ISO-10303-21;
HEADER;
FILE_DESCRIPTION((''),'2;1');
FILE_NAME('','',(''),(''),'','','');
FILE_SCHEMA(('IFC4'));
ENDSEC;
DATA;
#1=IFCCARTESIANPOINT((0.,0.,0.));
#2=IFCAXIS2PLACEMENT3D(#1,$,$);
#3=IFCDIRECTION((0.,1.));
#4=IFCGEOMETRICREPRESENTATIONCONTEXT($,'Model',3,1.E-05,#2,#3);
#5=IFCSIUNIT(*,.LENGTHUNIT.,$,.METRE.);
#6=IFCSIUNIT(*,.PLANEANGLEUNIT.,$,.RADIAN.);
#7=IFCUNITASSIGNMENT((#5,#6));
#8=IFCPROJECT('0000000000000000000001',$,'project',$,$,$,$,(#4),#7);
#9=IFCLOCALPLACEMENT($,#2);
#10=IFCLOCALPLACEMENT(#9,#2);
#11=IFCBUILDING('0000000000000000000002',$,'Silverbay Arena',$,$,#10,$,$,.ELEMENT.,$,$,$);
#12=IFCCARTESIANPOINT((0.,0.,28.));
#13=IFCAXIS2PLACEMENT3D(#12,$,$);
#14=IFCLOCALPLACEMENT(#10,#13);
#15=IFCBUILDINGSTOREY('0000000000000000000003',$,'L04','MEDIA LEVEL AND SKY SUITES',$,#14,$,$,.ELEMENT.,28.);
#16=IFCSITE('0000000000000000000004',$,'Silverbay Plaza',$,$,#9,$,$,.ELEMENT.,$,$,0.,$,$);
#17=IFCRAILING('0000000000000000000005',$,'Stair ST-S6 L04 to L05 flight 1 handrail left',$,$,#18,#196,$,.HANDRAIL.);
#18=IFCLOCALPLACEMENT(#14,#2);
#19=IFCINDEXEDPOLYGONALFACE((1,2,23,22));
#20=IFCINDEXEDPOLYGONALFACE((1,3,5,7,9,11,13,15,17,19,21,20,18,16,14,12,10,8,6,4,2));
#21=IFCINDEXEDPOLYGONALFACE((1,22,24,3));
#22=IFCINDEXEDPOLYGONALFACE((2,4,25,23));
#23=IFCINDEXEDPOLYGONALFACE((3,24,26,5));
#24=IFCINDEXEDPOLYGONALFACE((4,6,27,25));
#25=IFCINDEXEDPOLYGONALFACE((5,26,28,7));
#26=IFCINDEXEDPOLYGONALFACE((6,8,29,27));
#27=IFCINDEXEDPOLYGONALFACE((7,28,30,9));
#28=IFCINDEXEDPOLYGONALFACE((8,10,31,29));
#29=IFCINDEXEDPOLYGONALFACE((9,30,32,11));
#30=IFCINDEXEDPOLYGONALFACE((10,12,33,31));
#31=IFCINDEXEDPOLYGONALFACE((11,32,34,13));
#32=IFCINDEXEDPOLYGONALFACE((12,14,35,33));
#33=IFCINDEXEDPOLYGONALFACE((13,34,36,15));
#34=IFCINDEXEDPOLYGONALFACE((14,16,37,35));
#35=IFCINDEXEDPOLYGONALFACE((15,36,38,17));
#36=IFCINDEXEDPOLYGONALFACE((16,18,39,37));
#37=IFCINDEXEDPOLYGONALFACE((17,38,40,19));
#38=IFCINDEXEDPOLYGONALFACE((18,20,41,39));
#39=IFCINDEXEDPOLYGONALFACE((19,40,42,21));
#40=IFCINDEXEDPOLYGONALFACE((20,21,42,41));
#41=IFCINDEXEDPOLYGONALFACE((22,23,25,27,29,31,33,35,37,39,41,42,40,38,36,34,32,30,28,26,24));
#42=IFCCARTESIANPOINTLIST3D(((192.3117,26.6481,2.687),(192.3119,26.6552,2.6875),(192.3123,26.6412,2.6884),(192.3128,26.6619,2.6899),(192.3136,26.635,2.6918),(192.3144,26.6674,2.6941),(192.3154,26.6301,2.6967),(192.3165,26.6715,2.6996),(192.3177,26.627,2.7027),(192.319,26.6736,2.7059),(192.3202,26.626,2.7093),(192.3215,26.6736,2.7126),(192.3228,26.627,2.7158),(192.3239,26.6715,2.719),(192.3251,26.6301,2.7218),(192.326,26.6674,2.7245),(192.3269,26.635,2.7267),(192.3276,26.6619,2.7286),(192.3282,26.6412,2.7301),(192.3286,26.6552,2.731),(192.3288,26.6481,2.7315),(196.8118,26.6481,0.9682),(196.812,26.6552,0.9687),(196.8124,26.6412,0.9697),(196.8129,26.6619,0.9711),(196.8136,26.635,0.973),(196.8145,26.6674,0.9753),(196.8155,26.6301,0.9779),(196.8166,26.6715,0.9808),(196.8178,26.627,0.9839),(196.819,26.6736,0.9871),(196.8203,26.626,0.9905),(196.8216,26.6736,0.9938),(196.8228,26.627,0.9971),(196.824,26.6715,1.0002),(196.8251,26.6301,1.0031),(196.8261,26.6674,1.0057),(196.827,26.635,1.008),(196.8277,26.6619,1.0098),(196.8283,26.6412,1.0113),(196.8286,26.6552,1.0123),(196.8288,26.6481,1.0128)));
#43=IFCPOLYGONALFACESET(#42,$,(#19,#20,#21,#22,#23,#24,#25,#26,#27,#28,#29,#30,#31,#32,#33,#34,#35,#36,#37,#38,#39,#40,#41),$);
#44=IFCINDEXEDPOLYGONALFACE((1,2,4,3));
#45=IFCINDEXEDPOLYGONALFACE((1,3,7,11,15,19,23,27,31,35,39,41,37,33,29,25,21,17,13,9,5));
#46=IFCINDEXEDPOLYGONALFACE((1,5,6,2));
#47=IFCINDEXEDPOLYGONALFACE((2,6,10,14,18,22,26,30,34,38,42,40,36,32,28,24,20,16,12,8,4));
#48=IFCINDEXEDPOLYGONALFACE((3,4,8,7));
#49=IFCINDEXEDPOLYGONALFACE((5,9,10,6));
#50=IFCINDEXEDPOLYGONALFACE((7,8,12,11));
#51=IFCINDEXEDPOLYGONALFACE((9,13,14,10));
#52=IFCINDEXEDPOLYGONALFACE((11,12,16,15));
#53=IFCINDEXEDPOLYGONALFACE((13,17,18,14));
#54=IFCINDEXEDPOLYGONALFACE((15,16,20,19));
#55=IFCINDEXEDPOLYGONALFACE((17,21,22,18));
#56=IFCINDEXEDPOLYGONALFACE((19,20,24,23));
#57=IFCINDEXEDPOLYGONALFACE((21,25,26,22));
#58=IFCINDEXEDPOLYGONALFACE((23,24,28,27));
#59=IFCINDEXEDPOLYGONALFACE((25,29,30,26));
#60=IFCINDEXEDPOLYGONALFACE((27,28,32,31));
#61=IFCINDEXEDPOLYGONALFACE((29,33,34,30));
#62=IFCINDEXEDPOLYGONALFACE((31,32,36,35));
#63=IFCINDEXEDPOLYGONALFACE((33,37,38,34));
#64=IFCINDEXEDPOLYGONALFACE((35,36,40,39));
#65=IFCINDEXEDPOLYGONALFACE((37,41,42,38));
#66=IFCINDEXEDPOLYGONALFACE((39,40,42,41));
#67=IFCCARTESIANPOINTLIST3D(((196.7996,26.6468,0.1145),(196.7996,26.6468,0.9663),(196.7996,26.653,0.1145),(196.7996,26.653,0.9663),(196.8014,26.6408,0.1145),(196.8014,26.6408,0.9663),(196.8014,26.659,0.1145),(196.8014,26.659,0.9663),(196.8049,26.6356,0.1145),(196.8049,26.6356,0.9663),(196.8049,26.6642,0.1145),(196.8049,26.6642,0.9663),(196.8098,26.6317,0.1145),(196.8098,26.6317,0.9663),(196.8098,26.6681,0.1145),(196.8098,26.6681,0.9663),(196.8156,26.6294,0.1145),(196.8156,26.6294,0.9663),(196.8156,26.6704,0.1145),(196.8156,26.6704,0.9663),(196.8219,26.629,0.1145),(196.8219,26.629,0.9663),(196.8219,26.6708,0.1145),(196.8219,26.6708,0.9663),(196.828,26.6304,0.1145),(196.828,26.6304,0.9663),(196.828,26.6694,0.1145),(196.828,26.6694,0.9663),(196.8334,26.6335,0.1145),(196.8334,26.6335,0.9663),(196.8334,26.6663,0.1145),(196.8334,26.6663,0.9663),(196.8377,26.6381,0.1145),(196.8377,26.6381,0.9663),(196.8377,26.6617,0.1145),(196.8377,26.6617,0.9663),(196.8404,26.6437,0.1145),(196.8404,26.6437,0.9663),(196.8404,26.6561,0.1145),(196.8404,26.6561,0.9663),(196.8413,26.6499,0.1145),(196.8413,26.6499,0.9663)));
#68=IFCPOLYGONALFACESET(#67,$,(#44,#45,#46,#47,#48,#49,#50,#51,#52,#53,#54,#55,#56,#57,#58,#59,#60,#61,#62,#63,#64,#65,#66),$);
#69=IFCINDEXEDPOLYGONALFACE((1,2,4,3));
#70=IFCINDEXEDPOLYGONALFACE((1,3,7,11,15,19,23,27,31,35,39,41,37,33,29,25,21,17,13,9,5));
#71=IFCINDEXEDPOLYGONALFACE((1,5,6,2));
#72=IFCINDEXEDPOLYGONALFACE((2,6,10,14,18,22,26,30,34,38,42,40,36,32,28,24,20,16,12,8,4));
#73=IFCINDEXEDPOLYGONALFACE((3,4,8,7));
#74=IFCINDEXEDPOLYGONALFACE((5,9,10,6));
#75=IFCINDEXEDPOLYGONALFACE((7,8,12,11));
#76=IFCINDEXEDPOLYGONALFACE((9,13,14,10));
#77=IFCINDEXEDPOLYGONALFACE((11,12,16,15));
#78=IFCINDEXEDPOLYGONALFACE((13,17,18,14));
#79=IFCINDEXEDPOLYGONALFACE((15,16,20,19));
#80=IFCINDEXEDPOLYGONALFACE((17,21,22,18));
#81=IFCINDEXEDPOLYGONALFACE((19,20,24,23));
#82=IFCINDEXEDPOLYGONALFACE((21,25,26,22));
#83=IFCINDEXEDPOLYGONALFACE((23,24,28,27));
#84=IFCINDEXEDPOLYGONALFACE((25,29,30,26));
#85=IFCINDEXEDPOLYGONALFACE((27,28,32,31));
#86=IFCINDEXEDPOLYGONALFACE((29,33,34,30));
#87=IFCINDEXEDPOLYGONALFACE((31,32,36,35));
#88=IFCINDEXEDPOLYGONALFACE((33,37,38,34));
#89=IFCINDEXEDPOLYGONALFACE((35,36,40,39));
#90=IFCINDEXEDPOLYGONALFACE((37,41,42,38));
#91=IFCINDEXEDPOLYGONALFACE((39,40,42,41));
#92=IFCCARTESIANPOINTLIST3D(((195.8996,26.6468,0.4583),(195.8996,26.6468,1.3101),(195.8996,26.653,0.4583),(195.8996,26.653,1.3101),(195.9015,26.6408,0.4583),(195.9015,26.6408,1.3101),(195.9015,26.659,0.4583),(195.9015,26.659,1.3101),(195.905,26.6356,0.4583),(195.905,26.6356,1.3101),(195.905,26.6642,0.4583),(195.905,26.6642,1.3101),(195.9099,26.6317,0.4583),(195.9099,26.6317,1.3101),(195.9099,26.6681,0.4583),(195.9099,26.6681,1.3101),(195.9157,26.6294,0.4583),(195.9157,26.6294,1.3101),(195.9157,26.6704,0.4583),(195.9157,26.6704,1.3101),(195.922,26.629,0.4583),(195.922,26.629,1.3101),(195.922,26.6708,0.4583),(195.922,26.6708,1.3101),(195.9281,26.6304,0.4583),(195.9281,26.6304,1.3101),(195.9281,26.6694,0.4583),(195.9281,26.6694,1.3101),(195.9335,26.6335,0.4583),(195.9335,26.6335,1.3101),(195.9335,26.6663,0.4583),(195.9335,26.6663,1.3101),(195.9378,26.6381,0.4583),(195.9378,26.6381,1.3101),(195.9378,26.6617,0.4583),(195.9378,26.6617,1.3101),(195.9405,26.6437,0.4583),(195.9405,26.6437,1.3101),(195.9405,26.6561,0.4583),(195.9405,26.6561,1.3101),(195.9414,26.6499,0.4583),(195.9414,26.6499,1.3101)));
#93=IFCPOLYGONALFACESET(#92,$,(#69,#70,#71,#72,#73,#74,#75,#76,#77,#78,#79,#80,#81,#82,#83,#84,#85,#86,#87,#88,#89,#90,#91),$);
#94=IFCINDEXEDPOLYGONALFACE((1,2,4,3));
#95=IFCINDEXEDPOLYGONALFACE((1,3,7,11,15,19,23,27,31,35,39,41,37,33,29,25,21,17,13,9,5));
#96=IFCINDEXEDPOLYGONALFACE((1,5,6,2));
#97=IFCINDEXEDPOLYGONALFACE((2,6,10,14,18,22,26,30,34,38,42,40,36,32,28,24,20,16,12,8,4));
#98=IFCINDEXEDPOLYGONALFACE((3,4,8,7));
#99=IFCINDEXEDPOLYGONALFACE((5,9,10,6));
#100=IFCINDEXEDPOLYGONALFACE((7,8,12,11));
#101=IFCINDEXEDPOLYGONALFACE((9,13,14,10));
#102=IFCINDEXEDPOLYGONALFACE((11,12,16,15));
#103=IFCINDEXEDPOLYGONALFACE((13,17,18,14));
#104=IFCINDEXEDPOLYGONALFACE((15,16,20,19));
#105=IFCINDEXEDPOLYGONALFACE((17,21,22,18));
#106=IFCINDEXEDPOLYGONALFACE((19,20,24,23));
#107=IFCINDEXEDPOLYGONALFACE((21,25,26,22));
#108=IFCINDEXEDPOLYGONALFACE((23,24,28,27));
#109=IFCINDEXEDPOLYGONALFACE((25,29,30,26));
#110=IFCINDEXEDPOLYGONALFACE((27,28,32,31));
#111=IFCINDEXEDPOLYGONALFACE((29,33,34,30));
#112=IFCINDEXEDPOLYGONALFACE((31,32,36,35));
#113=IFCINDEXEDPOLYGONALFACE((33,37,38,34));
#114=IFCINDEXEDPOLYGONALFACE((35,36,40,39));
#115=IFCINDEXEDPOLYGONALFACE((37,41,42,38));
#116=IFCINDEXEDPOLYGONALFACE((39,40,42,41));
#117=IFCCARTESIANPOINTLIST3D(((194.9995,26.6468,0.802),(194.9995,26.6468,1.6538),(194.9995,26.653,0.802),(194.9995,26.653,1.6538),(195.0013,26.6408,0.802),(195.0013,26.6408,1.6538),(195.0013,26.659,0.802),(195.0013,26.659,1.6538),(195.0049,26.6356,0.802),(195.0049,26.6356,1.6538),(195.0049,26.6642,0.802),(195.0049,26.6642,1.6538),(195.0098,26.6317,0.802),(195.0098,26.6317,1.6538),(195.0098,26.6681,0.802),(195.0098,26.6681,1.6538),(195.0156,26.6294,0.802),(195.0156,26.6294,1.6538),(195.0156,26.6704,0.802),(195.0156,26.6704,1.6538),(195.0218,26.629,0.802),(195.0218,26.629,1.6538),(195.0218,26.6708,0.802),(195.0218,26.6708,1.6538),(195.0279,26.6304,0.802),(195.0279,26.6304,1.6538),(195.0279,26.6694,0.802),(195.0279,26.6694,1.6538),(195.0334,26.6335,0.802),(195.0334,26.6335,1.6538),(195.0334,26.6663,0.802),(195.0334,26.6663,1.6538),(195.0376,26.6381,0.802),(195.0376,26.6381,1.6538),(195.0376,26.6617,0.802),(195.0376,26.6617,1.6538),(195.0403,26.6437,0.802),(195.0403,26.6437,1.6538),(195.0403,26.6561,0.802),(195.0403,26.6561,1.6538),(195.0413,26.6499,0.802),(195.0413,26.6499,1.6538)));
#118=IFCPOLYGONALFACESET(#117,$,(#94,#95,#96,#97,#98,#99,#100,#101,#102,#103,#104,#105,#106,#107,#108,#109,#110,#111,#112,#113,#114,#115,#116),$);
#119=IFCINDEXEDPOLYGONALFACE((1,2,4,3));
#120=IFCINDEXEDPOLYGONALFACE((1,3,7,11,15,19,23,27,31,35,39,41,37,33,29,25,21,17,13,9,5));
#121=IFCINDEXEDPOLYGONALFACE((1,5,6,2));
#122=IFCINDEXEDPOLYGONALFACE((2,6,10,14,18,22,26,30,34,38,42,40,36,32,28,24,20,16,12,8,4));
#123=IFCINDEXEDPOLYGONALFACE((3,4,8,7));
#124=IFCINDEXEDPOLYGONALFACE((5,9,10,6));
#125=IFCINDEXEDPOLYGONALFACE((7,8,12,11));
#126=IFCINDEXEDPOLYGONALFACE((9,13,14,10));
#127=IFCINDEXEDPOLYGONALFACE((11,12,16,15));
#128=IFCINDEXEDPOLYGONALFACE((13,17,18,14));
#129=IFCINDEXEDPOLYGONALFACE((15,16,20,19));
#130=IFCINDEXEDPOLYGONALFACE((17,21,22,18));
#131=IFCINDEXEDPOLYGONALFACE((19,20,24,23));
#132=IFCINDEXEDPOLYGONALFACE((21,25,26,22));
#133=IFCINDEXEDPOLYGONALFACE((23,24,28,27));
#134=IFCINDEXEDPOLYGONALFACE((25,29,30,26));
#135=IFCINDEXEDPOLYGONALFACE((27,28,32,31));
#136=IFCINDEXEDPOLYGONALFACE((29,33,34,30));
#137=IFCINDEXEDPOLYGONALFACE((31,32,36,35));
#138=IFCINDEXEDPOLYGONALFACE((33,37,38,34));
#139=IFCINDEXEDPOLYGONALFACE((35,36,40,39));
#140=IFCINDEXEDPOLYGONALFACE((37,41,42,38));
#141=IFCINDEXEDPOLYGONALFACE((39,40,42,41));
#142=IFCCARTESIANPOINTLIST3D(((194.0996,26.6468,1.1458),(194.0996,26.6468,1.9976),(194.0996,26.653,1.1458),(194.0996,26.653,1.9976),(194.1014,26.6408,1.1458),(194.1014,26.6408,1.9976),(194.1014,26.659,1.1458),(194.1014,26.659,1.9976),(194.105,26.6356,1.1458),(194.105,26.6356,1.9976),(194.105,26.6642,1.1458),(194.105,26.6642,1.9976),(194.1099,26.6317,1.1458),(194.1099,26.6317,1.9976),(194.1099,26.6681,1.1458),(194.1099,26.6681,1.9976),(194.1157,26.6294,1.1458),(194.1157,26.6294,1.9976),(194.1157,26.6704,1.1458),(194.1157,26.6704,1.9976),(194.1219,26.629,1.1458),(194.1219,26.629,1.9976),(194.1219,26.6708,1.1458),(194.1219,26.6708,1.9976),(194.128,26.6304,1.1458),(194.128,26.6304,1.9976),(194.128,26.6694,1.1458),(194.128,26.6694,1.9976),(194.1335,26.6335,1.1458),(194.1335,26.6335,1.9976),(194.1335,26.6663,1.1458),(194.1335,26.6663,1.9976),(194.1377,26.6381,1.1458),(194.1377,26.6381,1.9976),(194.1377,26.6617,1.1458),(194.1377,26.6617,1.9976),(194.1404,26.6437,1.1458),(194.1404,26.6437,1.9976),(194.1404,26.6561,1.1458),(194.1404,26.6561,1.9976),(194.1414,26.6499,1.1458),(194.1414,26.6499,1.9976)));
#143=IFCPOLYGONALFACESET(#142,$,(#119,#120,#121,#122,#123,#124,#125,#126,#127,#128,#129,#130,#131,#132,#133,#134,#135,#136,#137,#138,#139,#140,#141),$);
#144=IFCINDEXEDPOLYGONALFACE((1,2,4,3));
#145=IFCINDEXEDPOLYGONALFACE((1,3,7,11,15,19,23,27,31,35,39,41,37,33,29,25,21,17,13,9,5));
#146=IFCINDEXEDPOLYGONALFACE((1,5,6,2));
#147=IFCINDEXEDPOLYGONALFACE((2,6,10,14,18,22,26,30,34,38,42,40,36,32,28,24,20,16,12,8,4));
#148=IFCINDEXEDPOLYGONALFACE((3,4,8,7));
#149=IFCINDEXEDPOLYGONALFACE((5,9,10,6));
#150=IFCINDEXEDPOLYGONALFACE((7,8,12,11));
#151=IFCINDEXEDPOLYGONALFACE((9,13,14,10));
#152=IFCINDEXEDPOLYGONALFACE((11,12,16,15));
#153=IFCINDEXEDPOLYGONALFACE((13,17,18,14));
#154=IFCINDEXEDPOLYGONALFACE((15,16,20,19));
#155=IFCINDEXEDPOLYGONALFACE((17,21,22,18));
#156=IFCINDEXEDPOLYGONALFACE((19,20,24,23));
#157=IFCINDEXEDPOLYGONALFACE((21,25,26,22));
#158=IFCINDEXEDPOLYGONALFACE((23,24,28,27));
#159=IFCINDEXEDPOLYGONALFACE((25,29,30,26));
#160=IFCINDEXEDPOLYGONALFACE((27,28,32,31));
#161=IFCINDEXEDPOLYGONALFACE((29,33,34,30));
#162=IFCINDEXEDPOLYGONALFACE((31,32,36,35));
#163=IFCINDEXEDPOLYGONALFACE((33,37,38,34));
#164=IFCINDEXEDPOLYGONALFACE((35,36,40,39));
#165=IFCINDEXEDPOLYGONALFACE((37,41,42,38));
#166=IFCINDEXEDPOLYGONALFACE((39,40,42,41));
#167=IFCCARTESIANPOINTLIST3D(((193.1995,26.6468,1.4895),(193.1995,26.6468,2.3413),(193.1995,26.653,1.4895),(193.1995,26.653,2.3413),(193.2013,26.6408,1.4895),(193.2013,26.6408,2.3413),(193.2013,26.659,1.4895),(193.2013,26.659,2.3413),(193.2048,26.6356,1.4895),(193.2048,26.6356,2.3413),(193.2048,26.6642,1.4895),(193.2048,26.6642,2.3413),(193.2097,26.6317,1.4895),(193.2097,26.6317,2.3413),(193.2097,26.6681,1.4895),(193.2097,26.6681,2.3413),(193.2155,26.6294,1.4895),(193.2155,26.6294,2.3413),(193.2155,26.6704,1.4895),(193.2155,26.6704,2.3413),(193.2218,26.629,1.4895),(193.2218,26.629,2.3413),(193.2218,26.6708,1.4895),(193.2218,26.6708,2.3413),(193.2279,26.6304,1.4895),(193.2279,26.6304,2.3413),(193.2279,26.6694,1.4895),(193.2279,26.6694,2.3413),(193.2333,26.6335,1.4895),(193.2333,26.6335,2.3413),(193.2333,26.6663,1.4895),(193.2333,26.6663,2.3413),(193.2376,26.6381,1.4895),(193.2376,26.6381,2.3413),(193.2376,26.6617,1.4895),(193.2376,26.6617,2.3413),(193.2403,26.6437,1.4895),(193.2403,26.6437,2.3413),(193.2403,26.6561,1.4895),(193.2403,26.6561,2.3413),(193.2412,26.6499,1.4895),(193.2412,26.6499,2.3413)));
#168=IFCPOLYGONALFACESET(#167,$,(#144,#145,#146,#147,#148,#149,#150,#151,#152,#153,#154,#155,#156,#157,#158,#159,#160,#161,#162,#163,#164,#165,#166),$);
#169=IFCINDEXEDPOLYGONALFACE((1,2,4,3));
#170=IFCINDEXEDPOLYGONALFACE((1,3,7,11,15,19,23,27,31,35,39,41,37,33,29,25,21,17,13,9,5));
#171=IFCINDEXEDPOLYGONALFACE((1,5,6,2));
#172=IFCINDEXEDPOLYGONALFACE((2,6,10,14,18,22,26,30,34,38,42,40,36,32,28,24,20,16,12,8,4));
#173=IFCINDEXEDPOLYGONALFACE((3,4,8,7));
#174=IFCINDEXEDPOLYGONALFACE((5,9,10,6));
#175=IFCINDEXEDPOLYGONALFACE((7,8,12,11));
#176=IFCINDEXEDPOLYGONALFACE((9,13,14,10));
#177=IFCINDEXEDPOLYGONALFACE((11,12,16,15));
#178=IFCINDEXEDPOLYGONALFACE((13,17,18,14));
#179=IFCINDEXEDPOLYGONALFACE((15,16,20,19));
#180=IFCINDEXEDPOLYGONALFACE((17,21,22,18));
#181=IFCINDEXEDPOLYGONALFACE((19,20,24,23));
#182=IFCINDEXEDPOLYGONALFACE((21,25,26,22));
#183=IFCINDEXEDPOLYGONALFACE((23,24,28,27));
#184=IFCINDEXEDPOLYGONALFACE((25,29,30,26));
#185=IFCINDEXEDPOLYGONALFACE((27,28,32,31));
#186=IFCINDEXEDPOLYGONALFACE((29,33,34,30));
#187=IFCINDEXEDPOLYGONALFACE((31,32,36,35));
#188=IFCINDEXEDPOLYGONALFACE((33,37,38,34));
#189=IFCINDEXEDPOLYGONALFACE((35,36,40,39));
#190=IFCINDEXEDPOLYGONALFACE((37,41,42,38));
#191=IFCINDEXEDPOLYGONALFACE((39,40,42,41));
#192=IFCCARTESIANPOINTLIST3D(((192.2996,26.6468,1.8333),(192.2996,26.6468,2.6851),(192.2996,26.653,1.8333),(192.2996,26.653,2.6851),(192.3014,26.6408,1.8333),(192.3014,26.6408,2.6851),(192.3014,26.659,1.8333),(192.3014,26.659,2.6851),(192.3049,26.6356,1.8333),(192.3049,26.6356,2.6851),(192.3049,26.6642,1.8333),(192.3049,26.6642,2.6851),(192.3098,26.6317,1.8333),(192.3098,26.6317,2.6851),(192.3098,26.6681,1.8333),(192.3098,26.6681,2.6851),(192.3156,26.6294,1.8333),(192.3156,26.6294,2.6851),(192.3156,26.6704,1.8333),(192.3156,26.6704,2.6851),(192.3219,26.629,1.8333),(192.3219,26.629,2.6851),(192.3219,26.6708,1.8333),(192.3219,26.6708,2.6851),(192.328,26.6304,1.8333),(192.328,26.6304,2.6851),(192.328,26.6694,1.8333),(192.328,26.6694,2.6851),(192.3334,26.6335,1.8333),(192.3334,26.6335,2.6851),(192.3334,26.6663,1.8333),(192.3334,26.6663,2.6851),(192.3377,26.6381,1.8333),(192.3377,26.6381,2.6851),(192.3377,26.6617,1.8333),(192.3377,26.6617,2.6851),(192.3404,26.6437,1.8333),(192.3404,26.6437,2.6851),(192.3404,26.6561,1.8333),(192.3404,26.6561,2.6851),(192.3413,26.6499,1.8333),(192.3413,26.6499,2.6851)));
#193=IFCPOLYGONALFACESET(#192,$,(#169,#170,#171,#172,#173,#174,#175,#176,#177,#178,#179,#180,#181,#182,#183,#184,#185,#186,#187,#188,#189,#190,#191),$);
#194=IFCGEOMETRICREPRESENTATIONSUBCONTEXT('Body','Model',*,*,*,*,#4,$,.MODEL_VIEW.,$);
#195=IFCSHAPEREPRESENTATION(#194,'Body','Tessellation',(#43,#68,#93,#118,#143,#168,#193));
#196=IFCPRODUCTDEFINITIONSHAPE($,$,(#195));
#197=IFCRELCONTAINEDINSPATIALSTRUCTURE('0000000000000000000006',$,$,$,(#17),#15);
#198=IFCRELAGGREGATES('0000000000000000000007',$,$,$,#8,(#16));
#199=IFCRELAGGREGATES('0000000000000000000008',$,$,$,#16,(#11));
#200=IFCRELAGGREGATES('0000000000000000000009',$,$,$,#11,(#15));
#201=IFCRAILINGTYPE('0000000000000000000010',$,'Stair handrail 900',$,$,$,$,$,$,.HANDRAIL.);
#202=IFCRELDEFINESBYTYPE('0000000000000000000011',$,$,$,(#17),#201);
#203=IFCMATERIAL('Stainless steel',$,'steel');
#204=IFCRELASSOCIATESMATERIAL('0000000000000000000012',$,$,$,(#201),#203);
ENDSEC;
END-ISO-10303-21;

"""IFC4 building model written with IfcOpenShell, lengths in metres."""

from ifc_helpers import new_model, si_unit, direction, frame, origin, origin_2d, place, context, subcontext, project, spatial, circle, extrude, material, type_object, element, save


model = new_model("IFC4")

# Units and contexts
model_context = context("Model", 3, precision=1e-05, world=origin(), true_north=direction((0.0, 1.0)))
body_context = subcontext(model_context, "Body", "Model", "MODEL_VIEW")
ifc_project = project(units=[si_unit("LENGTHUNIT", "METRE"), si_unit("PLANEANGLEUNIT", "RADIAN")], contexts=[model_context])

# Site, building, storey
site_placement = place(None, origin())
site = spatial("IfcSite", under=ifc_project, at=site_placement, Name="Silverbay Plaza", CompositionType="ELEMENT", RefElevation=0.0)
building_placement = place(site_placement, origin())
building = spatial("IfcBuilding", under=site, at=building_placement, Name="Silverbay Arena", CompositionType="ELEMENT")
storey_placement = place(building_placement, frame((0.0, 0.0, 28.0)))
storey = spatial("IfcBuildingStorey", under=building, at=storey_placement, Name="L04", Description="MEDIA LEVEL AND SKY SUITES", CompositionType="ELEMENT", Elevation=28.0)

# Railing
ifc_material_1 = material(Name="Stainless steel", Category="steel")
railing_type_1 = type_object("IfcRailingType", Name="Stair handrail 900", PredefinedType="HANDRAIL", material=ifc_material_1)
for number, where, name in (
    (1, (196.8203, 26.6499, 0.1145), "Stair ST-S6 L04 to L05 flight 1 handrail left"),
):
    element("IfcRailing", number, at=place(storey_placement, frame(where)), inside=storey, type_object=railing_type_1, Name=name, PredefinedType="HANDRAIL", context=body_context, shape_type="SweptSolid", body=[
        extrude(circle(Radius=0.0239, at=origin_2d()), frame((0.0, 0.0, 0.876), z_axis=(-0.934179, 0.0, 0.356805), x_axis=(0.0, -1.0, 0.0)), (0.0, 0.0, 1.0), 4.8171),
        extrude(circle(Radius=0.021, at=origin_2d()), origin(), (0.0, 0.0, 1.0), 0.8518),
        extrude(circle(Radius=0.021, at=origin_2d()), frame((-0.8999, 0.0, 0.3438)), (0.0, 0.0, 1.0), 0.8518),
        extrude(circle(Radius=0.021, at=origin_2d()), frame((-1.8, 0.0, 0.6875)), (0.0, 0.0, 1.0), 0.8518),
        extrude(circle(Radius=0.021, at=origin_2d()), frame((-2.7, 0.0, 1.0312)), (0.0, 0.0, 1.0), 0.8518),
        extrude(circle(Radius=0.021, at=origin_2d()), frame((-3.6001, 0.0, 1.375)), (0.0, 0.0, 1.0), 0.8518),
        extrude(circle(Radius=0.021, at=origin_2d()), frame((-4.5, 0.0, 1.7188)), (0.0, 0.0, 1.0), 0.8518),
    ])

save(model, "model.ifc")
